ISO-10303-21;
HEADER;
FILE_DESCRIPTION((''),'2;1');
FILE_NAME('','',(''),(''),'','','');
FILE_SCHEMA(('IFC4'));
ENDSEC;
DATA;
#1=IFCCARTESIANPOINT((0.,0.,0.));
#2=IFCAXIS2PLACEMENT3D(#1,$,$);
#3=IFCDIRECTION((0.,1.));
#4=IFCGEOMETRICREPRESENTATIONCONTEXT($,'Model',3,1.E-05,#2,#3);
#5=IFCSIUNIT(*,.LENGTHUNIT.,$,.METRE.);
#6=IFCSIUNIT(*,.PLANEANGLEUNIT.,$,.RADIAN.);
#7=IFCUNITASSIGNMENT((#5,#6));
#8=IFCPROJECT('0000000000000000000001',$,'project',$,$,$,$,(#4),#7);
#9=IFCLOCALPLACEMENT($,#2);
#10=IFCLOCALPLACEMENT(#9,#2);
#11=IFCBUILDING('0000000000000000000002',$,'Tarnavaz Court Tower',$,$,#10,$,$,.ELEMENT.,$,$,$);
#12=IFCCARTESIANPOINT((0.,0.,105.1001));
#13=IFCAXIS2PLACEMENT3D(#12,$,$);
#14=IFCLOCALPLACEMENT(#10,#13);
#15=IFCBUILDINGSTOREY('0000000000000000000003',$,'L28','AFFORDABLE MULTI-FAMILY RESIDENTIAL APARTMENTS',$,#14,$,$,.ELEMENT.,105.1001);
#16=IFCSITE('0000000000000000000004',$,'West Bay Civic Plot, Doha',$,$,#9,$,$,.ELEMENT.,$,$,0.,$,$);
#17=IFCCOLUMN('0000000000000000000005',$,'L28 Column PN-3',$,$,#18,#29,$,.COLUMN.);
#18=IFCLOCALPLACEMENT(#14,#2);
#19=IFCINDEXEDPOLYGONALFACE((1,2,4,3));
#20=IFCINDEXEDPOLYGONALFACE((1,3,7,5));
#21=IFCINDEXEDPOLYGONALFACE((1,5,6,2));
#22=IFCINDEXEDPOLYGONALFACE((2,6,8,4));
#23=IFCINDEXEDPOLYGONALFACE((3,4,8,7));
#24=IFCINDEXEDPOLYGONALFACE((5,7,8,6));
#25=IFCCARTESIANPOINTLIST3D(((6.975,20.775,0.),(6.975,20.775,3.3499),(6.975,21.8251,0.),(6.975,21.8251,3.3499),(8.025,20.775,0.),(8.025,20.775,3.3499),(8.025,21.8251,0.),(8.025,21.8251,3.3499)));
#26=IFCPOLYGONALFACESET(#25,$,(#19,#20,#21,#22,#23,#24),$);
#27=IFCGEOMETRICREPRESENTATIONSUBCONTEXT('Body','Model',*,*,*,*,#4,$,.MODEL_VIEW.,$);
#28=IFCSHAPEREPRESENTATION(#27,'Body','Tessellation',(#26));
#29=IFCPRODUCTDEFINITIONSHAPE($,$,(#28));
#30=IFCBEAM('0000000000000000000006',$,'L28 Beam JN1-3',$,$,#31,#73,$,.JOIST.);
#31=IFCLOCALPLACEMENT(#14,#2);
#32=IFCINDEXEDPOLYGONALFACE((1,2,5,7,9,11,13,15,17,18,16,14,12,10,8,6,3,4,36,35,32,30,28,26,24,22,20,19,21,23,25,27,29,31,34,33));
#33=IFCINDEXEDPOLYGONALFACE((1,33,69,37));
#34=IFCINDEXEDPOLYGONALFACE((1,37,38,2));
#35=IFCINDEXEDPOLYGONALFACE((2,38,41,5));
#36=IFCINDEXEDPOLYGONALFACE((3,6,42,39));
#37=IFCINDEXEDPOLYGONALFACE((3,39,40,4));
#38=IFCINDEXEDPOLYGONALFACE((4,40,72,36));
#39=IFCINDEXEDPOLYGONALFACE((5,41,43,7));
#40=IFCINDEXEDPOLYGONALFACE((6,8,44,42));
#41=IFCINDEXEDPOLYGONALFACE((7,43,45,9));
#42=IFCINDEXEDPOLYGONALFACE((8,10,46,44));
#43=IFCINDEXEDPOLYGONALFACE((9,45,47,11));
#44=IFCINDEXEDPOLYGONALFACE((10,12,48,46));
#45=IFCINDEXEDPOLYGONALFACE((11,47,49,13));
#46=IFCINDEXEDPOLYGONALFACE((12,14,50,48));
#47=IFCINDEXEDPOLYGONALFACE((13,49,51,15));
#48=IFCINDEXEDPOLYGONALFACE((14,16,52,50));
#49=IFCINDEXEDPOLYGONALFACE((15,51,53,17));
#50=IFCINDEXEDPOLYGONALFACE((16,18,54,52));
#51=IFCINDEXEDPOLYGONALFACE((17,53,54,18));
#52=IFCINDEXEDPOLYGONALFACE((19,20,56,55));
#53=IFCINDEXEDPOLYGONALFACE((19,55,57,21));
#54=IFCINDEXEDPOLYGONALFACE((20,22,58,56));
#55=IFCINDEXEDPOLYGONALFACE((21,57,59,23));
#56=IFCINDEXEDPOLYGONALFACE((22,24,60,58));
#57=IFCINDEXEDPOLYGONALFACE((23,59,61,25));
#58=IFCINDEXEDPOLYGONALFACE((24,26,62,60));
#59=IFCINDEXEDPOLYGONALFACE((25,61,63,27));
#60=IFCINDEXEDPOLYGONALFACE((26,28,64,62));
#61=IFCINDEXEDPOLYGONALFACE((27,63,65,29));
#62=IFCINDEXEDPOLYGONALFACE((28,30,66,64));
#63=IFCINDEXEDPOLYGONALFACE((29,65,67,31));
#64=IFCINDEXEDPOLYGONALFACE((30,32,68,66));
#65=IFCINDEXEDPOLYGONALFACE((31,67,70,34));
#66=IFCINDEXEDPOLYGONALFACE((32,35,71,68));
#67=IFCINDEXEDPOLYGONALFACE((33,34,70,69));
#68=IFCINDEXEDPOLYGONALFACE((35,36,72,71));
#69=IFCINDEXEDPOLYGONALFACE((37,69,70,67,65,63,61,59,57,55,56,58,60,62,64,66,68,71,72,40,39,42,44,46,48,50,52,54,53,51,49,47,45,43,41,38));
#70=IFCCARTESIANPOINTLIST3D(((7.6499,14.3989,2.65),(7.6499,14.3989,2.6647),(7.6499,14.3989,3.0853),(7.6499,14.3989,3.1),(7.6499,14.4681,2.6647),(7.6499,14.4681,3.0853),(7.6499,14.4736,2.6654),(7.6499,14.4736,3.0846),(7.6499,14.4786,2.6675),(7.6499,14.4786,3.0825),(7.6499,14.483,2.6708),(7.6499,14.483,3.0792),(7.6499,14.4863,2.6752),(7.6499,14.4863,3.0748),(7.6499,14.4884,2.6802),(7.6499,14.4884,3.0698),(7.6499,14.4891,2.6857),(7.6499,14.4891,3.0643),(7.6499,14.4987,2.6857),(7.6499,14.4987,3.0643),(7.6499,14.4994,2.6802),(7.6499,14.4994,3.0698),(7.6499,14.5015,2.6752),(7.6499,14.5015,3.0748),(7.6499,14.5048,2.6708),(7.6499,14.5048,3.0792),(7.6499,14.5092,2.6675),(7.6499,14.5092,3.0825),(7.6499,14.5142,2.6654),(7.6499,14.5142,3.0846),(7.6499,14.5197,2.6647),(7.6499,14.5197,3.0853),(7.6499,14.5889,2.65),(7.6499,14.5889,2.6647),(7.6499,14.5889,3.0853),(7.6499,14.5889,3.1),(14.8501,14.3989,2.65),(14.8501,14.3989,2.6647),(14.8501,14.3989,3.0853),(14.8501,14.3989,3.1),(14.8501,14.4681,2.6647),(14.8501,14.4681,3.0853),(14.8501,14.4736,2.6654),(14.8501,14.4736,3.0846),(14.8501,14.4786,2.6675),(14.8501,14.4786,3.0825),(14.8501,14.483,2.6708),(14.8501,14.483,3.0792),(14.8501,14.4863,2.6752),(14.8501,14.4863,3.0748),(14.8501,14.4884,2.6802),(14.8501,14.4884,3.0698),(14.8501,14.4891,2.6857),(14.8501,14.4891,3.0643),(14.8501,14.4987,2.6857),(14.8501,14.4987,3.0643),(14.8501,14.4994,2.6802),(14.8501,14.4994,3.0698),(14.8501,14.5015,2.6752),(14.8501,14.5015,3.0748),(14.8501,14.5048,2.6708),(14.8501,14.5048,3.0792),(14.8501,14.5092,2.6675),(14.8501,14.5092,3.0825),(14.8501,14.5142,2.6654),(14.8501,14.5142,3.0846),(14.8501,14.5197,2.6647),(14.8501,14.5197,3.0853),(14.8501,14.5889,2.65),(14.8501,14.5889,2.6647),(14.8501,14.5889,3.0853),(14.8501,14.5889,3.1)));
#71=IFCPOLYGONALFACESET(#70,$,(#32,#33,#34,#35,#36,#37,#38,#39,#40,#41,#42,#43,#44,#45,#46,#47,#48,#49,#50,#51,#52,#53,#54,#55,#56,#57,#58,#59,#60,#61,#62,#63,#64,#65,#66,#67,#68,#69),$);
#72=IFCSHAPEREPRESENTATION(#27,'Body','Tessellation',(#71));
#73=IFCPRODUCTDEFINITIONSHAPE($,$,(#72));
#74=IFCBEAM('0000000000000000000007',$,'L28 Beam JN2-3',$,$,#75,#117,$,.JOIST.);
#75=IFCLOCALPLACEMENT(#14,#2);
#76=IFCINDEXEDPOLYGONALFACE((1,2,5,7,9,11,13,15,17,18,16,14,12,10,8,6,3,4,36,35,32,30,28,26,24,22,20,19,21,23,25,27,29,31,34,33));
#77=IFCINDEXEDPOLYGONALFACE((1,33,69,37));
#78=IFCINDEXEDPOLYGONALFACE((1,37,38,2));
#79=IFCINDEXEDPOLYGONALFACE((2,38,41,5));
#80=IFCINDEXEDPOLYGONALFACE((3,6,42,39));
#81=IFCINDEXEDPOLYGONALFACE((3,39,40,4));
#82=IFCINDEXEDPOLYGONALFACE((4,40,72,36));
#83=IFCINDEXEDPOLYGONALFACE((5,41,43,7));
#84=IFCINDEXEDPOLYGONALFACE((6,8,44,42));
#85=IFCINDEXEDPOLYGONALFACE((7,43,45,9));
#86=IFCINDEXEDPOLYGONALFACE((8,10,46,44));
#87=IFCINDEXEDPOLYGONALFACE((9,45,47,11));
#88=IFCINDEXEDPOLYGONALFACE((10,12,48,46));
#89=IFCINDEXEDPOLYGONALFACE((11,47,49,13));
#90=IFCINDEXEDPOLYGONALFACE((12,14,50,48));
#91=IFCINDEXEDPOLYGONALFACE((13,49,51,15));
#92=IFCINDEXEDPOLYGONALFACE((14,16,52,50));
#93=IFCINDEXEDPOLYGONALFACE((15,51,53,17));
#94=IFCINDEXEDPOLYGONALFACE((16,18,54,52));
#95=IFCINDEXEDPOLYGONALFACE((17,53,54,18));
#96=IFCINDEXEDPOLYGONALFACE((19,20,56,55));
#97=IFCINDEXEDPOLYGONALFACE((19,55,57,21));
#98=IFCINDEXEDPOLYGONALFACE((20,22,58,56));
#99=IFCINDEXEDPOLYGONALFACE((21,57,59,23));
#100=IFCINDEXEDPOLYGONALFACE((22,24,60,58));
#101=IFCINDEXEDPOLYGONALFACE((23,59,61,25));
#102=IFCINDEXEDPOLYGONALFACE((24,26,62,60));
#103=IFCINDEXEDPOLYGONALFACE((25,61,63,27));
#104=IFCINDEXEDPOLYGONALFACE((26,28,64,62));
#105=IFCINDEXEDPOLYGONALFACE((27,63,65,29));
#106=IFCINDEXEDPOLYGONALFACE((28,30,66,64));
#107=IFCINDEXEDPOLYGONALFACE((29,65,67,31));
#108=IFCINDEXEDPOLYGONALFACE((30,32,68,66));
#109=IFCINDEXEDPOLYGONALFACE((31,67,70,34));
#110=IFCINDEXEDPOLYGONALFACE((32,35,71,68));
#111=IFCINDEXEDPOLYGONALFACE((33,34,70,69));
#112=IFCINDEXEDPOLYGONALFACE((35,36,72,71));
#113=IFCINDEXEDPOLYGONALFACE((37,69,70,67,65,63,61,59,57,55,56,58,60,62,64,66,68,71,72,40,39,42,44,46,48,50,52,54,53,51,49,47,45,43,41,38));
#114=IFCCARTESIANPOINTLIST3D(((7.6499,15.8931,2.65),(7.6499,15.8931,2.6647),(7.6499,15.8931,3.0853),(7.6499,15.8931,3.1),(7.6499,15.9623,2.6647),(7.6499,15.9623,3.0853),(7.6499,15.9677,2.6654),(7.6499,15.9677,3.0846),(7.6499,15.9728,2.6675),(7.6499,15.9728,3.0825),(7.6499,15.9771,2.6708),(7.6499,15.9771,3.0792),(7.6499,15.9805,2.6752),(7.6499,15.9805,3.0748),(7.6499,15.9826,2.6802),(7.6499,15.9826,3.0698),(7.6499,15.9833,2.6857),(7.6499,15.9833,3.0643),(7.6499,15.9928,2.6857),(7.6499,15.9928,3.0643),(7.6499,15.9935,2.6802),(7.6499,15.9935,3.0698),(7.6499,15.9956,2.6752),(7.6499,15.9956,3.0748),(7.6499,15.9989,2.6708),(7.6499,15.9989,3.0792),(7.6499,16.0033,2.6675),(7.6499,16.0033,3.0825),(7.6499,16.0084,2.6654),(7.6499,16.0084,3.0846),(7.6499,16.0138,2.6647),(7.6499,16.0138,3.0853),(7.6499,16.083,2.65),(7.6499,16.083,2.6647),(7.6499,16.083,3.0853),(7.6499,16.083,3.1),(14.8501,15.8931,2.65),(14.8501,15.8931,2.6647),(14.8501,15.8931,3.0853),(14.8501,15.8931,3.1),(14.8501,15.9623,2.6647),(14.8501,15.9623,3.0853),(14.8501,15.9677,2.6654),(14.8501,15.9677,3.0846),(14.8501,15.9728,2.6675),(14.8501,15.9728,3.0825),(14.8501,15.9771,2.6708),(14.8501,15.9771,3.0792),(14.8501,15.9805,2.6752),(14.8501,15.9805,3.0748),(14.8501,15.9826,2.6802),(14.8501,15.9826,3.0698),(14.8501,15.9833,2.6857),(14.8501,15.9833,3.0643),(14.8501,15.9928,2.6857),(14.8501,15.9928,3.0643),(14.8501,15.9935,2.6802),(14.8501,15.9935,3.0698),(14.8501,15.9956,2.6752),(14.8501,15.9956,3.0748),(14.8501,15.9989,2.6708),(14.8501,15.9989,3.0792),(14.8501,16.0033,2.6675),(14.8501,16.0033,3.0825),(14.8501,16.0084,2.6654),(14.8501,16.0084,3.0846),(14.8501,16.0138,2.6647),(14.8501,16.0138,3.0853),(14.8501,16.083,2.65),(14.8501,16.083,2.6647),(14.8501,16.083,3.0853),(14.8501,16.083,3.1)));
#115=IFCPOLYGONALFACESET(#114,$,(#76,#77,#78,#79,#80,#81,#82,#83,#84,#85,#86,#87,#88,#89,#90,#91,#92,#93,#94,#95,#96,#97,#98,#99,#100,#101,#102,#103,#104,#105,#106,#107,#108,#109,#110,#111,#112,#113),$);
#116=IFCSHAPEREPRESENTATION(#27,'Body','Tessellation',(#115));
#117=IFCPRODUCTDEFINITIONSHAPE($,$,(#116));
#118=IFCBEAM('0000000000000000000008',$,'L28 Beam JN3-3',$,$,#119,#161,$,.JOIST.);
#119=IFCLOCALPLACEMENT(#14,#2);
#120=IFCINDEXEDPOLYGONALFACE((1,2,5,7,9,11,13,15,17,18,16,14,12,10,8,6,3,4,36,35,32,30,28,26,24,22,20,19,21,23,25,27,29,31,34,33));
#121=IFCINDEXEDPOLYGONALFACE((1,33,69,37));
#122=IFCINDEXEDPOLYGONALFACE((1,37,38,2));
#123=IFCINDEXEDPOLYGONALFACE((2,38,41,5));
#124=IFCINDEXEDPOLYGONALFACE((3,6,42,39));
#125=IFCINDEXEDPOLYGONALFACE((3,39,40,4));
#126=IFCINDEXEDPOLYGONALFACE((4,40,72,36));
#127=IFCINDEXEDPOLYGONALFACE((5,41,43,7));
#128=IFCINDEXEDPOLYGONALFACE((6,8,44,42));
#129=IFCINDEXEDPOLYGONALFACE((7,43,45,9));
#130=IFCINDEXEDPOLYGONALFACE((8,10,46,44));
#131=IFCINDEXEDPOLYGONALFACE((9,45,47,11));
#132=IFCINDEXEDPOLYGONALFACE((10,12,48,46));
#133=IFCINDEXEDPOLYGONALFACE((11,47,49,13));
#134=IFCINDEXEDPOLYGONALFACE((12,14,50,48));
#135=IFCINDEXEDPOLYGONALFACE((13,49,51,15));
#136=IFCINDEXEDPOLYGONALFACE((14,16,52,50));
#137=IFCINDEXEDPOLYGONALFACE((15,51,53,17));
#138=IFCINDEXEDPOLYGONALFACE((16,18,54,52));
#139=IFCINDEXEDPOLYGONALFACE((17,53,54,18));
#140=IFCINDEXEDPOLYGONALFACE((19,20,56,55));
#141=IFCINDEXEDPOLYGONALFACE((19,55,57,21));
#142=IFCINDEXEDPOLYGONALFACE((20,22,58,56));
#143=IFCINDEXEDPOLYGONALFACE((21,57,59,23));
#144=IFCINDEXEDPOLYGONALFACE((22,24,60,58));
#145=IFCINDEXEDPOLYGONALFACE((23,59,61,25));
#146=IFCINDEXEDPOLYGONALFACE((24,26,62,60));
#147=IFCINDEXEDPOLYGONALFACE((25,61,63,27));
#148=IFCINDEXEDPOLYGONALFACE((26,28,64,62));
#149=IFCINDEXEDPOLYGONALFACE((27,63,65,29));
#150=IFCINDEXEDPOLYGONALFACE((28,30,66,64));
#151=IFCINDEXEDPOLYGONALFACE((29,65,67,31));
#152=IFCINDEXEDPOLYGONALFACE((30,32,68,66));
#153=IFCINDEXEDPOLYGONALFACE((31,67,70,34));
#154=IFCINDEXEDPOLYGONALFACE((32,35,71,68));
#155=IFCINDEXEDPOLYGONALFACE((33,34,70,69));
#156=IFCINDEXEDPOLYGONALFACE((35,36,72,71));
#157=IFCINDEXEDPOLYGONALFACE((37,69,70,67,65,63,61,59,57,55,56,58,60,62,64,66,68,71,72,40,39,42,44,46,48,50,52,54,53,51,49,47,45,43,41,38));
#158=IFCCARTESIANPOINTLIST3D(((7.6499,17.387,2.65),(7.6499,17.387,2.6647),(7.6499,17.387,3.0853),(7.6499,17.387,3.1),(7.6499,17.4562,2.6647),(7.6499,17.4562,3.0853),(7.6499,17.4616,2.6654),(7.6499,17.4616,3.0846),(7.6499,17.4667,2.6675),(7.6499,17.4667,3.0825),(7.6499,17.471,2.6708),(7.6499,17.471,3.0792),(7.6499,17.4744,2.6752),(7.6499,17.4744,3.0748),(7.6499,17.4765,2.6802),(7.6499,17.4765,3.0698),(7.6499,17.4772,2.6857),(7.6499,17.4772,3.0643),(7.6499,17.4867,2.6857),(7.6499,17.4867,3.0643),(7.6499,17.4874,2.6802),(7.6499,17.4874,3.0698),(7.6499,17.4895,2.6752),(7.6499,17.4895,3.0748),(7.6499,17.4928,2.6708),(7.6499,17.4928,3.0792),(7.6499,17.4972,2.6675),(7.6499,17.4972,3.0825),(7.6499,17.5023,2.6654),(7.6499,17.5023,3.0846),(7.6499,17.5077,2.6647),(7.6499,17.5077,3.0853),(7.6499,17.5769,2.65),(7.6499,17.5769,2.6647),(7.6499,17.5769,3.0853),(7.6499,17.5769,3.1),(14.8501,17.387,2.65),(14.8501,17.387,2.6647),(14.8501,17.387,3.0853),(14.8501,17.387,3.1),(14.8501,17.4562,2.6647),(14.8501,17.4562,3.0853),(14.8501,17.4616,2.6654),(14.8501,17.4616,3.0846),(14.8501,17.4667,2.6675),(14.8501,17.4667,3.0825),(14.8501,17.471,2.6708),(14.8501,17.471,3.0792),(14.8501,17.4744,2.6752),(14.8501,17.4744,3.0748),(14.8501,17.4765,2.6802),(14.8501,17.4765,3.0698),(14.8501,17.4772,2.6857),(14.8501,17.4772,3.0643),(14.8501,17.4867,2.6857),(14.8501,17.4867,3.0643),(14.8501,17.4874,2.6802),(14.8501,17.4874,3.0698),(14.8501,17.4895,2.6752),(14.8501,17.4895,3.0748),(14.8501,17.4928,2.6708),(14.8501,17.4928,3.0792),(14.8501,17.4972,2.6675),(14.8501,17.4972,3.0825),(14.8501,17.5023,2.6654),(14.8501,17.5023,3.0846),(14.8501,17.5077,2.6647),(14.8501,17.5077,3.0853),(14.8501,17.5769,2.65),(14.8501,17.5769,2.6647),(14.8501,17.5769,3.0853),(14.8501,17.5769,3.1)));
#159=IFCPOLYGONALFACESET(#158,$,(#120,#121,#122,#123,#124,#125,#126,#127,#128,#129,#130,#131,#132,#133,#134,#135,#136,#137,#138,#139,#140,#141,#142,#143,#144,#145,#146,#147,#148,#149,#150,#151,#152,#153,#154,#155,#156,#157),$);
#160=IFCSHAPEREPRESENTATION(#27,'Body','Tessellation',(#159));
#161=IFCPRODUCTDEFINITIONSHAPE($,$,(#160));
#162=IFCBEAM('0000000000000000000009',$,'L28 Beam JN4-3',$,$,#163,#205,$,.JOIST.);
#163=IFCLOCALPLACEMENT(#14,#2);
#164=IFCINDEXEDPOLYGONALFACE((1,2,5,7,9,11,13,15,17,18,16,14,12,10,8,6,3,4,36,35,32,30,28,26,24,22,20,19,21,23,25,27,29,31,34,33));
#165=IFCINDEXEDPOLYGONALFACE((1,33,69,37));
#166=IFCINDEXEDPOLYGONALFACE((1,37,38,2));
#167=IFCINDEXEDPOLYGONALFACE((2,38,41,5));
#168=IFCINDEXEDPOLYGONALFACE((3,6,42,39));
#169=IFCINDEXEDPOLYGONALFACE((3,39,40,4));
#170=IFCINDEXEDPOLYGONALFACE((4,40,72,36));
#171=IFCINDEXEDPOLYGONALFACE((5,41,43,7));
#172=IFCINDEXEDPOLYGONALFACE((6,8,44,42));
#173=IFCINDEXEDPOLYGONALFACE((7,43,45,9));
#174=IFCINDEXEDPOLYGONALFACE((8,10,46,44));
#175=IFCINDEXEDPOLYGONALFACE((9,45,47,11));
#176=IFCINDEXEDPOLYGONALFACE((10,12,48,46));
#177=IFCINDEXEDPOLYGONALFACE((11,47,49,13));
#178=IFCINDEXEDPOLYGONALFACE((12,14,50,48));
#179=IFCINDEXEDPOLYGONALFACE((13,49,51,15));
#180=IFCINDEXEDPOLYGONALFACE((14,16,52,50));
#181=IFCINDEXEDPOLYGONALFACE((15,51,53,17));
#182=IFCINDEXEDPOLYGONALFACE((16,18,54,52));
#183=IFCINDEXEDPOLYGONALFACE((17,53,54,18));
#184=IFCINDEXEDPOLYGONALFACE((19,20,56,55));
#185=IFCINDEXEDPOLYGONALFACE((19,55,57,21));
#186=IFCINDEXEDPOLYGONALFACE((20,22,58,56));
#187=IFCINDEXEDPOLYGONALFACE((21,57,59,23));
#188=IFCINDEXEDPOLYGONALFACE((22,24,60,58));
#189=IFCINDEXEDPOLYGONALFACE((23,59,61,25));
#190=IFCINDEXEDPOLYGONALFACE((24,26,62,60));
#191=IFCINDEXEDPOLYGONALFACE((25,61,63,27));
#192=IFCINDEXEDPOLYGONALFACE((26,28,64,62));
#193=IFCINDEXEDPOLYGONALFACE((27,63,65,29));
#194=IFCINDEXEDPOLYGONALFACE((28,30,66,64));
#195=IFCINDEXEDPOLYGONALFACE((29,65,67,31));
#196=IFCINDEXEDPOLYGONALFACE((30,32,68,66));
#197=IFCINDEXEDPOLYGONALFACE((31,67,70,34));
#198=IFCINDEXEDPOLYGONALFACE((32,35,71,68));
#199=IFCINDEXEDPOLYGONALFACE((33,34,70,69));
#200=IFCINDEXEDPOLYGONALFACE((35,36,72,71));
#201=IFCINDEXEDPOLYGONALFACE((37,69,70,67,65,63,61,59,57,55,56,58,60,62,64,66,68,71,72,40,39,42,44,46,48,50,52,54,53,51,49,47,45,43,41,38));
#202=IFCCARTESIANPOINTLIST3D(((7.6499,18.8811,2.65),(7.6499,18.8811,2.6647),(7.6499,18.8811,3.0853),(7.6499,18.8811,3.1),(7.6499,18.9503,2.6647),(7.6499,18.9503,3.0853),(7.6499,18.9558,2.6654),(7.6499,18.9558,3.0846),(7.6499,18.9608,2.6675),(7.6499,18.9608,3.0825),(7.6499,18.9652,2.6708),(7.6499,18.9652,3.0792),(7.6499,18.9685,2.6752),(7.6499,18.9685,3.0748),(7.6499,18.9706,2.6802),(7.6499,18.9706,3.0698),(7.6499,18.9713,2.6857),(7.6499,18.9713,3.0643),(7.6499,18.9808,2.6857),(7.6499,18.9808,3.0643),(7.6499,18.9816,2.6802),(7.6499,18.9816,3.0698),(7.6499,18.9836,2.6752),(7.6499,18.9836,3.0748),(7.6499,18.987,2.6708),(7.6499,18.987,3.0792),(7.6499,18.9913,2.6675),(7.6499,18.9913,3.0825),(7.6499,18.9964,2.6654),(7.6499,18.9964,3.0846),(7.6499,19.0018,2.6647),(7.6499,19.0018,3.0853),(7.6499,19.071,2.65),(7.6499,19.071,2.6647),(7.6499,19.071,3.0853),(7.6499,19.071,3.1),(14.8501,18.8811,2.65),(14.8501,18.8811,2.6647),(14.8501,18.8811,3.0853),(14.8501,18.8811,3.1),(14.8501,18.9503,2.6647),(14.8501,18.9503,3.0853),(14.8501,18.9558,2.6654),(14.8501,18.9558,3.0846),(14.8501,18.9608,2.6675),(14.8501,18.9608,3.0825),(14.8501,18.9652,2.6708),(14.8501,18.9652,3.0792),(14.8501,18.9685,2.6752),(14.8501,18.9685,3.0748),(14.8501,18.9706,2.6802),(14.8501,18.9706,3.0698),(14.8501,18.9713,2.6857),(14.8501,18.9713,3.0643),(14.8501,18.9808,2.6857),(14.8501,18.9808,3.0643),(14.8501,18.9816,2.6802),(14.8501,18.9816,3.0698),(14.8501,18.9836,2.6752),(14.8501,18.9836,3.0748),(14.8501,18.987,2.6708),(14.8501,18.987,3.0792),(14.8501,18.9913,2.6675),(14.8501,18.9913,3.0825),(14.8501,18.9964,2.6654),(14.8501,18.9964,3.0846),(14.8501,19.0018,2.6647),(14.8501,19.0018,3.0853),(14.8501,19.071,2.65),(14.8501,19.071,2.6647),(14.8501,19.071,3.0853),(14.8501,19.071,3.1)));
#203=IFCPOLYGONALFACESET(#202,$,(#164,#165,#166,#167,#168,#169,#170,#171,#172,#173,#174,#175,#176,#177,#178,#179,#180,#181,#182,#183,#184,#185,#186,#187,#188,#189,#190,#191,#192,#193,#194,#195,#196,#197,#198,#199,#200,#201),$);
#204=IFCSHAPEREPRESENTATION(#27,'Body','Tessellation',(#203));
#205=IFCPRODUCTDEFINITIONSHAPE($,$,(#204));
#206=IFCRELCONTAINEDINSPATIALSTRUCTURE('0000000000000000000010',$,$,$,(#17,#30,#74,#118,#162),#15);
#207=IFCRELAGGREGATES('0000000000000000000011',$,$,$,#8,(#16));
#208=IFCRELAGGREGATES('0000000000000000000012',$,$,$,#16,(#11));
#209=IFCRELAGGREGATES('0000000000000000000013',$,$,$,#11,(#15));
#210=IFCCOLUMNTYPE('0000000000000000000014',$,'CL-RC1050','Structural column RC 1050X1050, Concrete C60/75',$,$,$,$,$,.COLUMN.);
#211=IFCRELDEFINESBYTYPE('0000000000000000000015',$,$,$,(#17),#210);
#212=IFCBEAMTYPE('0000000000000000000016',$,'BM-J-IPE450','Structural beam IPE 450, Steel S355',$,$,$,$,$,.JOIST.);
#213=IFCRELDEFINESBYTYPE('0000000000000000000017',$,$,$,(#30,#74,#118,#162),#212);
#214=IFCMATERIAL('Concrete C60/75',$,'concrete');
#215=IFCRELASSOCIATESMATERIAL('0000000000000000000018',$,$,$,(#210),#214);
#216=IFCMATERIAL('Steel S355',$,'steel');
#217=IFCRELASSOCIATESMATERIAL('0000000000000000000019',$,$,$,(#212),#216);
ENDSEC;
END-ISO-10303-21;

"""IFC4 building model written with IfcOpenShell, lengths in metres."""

from ifc_helpers import new_model, si_unit, direction, frame, origin, origin_2d, place, context, subcontext, project, spatial, rectangle, i_section, extrude, material, material_profile, profile_set, type_object, element, save


model = new_model("IFC4")

# Units and contexts
model_context = context("Model", 3, precision=1e-05, world=origin(), true_north=direction((0.0, 1.0)))
body_context = subcontext(model_context, "Body", "Model", "MODEL_VIEW")
ifc_project = project(units=[si_unit("LENGTHUNIT", "METRE"), si_unit("PLANEANGLEUNIT", "RADIAN")], contexts=[model_context])

# Site, building, storey
site_placement = place(None, origin())
site = spatial("IfcSite", under=ifc_project, at=site_placement, Name="West Bay Civic Plot, Doha", CompositionType="ELEMENT", RefElevation=0.0)
building_placement = place(site_placement, origin())
building = spatial("IfcBuilding", under=site, at=building_placement, Name="Tarnavaz Court Tower", CompositionType="ELEMENT")
storey_placement = place(building_placement, frame((0.0, 0.0, 105.1001)))
storey = spatial("IfcBuildingStorey", under=building, at=storey_placement, Name="L28", Description="AFFORDABLE MULTI-FAMILY RESIDENTIAL APARTMENTS", CompositionType="ELEMENT", Elevation=105.1001)

# Column
ifc_material_1 = material(Name="Concrete C60/75", Category="concrete")
ifc_material_profile_1 = material_profile(ifc_material_1, rectangle(XDim=1.05, YDim=1.05, at=origin_2d()), Name="RC 1050X1050")
ifc_profile_set_1 = profile_set([ifc_material_profile_1], Name="Concrete C60/75")
column_type = type_object("IfcColumnType", Name="CL-RC1050", Description="Structural column RC 1050X1050, Concrete C60/75", PredefinedType="COLUMN", material=ifc_profile_set_1)
column_placement = place(storey_placement, frame((7.5, 21.3, 0.0), z_axis=(0.0, 0.0, 1.0), x_axis=(1.0, 0.0, 0.0)))
element("IfcColumn", 1, at=column_placement, inside=storey, type_object=column_type, Name="L28 Column PN-3", PredefinedType="COLUMN", context=body_context, shape_type="SweptSolid", body=[
    extrude(rectangle(XDim=1.05, YDim=1.05, at=origin_2d()), origin(), (0.0, 0.0, 1.0), 3.3499),
])

# Beams
ifc_material_2 = material(Name="Steel S355", Category="steel")
ifc_material_profile_2 = material_profile(ifc_material_2, i_section(OverallWidth=0.1899, OverallDepth=0.45, WebThickness=0.0095, FlangeThickness=0.0146, FilletRadius=0.021, at=origin_2d()), Name="IPE 450")
ifc_profile_set_2 = profile_set([ifc_material_profile_2], Name="Steel S355")
beam_type_1 = type_object("IfcBeamType", Name="BM-J-IPE450", Description="Structural beam IPE 450, Steel S355", PredefinedType="JOIST", material=ifc_profile_set_2)
for number, where, z_axis, x_axis, name in (
    (2, (7.6499, 14.4939, 2.875), (1.0, 0.0, 0.0), (0.0, 1.0, 0.0), "L28 Beam JN1-3"),
    (3, (7.6499, 15.988, 2.875), (1.0, 0.0, 0.0), (0.0, 1.0, 0.0), "L28 Beam JN2-3"),
    (4, (7.6499, 17.4819, 2.875), (1.0, 0.0, 0.0), (0.0, 1.0, 0.0), "L28 Beam JN3-3"),
    (5, (7.6499, 18.9761, 2.875), (1.0, 0.0, 0.0), (0.0, 1.0, 0.0), "L28 Beam JN4-3"),
):
    element("IfcBeam", number, at=place(storey_placement, frame(where, z_axis=z_axis, x_axis=x_axis)), inside=storey, type_object=beam_type_1, Name=name, PredefinedType="JOIST", context=body_context, shape_type="SweptSolid", body=[
        extrude(i_section(OverallWidth=0.1899, OverallDepth=0.45, WebThickness=0.0095, FlangeThickness=0.0146, FilletRadius=0.021, at=origin_2d()), origin(), (0.0, 0.0, 1.0), 7.2002),
    ])

save(model, "model.ifc")
